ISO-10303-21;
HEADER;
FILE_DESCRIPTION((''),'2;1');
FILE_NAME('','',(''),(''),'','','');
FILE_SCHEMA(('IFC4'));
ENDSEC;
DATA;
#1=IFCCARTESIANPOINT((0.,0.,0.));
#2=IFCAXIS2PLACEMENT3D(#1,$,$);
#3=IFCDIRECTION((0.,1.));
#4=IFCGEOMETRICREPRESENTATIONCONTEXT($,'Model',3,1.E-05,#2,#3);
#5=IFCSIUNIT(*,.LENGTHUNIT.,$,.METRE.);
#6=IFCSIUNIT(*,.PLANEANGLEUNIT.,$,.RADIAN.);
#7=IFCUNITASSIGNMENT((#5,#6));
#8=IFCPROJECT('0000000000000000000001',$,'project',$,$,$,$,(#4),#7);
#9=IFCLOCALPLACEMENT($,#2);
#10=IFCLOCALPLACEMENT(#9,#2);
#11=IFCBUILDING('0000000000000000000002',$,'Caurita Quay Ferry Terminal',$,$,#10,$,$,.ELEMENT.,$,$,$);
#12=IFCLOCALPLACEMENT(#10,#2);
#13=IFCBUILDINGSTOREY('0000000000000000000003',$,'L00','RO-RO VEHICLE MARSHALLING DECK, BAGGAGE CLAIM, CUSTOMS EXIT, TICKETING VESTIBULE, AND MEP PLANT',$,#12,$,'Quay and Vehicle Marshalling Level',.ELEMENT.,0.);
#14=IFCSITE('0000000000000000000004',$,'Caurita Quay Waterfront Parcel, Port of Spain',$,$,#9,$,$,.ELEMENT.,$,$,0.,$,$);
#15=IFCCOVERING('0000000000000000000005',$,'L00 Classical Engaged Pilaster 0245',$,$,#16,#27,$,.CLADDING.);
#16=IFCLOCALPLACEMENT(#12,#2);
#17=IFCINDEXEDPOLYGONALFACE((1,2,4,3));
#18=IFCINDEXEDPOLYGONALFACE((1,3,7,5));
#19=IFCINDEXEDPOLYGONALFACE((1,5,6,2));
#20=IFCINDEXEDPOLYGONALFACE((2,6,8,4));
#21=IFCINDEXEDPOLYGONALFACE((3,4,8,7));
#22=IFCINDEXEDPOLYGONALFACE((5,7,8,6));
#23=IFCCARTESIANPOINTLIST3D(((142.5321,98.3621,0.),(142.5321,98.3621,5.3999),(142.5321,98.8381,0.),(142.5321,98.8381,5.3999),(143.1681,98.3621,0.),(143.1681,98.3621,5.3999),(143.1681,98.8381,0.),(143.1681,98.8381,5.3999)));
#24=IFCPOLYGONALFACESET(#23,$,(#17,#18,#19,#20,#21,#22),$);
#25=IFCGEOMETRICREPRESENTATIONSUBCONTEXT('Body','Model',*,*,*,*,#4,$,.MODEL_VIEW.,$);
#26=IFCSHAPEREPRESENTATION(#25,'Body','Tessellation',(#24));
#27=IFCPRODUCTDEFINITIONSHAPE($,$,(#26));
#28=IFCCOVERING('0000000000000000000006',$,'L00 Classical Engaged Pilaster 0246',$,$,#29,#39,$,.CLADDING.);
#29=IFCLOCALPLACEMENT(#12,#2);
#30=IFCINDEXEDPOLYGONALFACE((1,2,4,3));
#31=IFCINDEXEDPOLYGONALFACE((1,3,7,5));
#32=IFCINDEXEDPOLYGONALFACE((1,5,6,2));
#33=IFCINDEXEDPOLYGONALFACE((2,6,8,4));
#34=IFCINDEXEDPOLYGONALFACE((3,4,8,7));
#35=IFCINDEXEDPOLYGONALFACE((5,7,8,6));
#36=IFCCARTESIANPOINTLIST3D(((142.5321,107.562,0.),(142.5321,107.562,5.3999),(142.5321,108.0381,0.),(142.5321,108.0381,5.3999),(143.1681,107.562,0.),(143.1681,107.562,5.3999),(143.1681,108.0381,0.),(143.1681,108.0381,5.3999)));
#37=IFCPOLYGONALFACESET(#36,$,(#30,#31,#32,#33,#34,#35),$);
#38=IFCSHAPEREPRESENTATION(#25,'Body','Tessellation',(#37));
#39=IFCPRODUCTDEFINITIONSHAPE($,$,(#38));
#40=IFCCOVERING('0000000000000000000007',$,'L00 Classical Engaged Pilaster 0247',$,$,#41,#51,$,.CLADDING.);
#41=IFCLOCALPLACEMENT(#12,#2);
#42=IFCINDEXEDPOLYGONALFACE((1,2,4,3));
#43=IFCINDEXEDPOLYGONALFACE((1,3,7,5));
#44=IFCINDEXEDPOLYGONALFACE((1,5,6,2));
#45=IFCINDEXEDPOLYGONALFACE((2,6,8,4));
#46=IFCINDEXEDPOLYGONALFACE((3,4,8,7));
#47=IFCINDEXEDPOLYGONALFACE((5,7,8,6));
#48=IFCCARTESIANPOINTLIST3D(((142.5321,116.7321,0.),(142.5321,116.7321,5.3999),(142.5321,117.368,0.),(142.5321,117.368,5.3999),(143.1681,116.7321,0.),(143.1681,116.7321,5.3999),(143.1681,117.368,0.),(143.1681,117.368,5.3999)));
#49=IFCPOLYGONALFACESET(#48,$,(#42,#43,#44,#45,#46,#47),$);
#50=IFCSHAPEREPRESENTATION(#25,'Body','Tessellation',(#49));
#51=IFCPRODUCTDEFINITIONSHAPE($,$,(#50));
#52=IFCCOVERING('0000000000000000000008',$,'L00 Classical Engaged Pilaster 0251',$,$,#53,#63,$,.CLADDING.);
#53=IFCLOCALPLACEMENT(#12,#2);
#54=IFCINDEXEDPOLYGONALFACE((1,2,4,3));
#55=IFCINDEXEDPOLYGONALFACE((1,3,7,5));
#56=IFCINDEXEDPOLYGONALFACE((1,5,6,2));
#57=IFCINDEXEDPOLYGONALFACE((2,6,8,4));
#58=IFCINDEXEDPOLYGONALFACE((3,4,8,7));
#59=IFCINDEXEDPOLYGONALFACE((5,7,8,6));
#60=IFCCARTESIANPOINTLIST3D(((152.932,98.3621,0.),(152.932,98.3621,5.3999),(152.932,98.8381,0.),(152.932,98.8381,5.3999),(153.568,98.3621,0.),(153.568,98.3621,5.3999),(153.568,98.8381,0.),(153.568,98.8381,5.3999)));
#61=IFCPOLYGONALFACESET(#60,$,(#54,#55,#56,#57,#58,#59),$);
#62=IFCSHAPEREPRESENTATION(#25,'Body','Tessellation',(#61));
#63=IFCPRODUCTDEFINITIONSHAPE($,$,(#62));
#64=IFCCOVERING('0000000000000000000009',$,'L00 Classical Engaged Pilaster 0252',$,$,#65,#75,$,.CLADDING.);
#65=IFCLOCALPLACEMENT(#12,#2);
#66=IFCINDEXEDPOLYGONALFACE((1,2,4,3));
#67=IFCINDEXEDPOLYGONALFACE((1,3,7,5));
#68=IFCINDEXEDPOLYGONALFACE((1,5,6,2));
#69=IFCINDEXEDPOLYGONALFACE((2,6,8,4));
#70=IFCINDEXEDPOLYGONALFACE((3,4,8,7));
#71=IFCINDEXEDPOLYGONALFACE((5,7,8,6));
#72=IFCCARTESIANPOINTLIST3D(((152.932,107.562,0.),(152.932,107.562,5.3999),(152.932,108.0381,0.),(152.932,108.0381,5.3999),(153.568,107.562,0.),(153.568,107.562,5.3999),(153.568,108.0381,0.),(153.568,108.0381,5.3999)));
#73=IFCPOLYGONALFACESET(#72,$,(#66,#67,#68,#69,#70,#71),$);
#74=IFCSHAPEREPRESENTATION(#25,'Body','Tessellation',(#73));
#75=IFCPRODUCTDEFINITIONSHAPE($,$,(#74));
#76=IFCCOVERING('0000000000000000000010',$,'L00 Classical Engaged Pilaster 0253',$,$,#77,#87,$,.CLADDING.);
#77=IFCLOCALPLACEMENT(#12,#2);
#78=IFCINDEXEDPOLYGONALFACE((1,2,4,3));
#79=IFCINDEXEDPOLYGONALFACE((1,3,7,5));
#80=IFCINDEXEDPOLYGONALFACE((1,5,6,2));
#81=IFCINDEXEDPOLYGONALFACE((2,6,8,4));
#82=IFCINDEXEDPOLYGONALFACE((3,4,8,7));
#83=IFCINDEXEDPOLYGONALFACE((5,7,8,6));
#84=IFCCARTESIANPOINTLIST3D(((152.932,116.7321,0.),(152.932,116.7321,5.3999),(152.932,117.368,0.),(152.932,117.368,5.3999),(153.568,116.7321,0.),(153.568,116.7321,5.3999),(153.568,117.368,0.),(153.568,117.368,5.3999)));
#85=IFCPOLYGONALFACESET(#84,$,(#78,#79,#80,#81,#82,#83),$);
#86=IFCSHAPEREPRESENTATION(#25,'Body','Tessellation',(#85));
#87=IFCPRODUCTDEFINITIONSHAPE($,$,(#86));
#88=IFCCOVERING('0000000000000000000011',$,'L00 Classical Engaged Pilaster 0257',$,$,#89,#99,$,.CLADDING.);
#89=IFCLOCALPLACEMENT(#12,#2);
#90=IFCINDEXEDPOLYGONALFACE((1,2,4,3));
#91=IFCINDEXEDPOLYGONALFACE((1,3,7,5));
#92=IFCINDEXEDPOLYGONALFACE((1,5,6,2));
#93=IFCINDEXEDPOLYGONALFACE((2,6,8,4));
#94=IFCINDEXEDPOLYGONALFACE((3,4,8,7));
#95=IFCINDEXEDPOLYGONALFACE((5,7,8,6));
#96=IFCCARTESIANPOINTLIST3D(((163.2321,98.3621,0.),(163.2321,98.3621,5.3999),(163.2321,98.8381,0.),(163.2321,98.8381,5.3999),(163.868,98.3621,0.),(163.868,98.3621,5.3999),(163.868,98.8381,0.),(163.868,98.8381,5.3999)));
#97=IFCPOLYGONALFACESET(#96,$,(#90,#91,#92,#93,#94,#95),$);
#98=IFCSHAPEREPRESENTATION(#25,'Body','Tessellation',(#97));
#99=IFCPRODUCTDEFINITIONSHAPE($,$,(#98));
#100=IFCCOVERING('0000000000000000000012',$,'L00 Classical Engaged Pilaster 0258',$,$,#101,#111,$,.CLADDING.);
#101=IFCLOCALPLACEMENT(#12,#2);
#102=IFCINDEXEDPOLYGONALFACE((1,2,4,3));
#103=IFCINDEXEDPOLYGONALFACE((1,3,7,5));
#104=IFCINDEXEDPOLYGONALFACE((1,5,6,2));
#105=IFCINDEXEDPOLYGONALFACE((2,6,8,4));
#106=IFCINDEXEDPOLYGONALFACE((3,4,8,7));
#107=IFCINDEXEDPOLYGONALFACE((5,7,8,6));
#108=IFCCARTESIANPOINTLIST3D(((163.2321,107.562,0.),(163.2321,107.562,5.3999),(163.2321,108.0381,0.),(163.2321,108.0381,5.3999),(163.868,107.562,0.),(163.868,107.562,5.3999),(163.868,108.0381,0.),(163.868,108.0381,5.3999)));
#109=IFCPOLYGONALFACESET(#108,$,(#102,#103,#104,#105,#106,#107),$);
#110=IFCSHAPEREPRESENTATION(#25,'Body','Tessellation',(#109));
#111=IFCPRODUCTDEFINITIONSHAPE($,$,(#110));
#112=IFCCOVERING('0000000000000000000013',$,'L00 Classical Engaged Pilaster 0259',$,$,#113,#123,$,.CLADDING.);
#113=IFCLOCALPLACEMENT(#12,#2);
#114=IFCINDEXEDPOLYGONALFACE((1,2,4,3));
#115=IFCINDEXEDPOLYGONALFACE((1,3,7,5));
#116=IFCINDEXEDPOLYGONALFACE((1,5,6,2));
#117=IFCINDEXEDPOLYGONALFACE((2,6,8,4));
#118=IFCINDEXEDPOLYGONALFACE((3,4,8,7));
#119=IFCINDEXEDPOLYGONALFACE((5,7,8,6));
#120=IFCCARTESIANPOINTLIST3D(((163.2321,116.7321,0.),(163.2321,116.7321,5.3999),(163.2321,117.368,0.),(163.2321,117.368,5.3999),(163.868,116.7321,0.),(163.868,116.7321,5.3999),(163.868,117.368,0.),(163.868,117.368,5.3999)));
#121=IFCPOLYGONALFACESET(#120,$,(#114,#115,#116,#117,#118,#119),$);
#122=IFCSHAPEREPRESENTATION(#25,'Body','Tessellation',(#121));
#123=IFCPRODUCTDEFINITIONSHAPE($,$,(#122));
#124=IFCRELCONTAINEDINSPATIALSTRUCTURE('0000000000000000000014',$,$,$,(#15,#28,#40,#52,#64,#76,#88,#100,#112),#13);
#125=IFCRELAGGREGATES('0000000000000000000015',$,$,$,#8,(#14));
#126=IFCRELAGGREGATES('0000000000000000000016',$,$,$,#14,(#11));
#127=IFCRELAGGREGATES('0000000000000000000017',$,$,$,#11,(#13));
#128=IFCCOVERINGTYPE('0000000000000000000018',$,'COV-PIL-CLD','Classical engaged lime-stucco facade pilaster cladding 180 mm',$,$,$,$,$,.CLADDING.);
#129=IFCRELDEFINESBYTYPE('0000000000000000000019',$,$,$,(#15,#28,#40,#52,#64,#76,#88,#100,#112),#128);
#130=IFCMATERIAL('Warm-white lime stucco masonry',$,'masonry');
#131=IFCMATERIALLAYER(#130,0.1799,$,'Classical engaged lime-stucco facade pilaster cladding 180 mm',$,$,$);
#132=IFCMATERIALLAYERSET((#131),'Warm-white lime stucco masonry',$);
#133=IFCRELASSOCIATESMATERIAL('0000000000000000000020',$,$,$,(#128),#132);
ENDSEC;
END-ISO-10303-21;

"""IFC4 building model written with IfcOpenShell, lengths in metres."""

from ifc_helpers import new_model, si_unit, direction, frame, origin, origin_2d, place, context, subcontext, project, spatial, rectangle, extrude, material, layer, layer_set, type_object, element, save


model = new_model("IFC4")

# Units and contexts
model_context = context("Model", 3, precision=1e-05, world=origin(), true_north=direction((0.0, 1.0)))
body_context = subcontext(model_context, "Body", "Model", "MODEL_VIEW")
ifc_project = project(units=[si_unit("LENGTHUNIT", "METRE"), si_unit("PLANEANGLEUNIT", "RADIAN")], contexts=[model_context])

# Site, building, storey
site_placement = place(None, origin())
site = spatial("IfcSite", under=ifc_project, at=site_placement, Name="Caurita Quay Waterfront Parcel, Port of Spain", CompositionType="ELEMENT", RefElevation=0.0)
building_placement = place(site_placement, origin())
building = spatial("IfcBuilding", under=site, at=building_placement, Name="Caurita Quay Ferry Terminal", CompositionType="ELEMENT")
storey_placement = place(building_placement, origin())
storey = spatial("IfcBuildingStorey", under=building, at=storey_placement, Name="L00", Description="RO-RO VEHICLE MARSHALLING DECK, BAGGAGE CLAIM, CUSTOMS EXIT, TICKETING VESTIBULE, AND MEP PLANT", LongName="Quay and Vehicle Marshalling Level", CompositionType="ELEMENT", Elevation=0.0)

# Shared definitions
ifc_material_1 = material(Name="Warm-white lime stucco masonry", Category="masonry")

# Coverings
ifc_layer_1 = layer(ifc_material_1, 0.1799, Name="Classical engaged lime-stucco facade pilaster cladding 180 mm")
ifc_layer_set_1 = layer_set([ifc_layer_1], Name="Warm-white lime stucco masonry")
covering_type_1 = type_object("IfcCoveringType", Name="COV-PIL-CLD", Description="Classical engaged lime-stucco facade pilaster cladding 180 mm", PredefinedType="CLADDING", material=ifc_layer_set_1)
for number, where, z_axis, x_axis, name in (
    (1, (142.8501, 98.6001, 0.0), (0.0, 0.0, 1.0), (1.0, 0.0, 0.0), "L00 Classical Engaged Pilaster 0245"),
    (2, (142.8501, 107.8, 0.0), (0.0, 0.0, 1.0), (1.0, 0.0, 0.0), "L00 Classical Engaged Pilaster 0246"),
):
    element("IfcCovering", number, at=place(storey_placement, frame(where, z_axis=z_axis, x_axis=x_axis)), inside=storey, type_object=covering_type_1, Name=name, PredefinedType="CLADDING", context=body_context, shape_type="SweptSolid", body=[
        extrude(rectangle(XDim=0.636, YDim=0.4761, at=origin_2d()), origin(), (0.0, 0.0, 1.0), 5.3999),
    ])
covering_1_placement = place(storey_placement, frame((142.8501, 117.05, 0.0), z_axis=(0.0, 0.0, 1.0), x_axis=(1.0, 0.0, 0.0)))
element("IfcCovering", 3, at=covering_1_placement, inside=storey, type_object=covering_type_1, Name="L00 Classical Engaged Pilaster 0247", PredefinedType="CLADDING", context=body_context, shape_type="SweptSolid", body=[
    extrude(rectangle(XDim=0.636, YDim=0.636, at=origin_2d()), origin(), (0.0, 0.0, 1.0), 5.3999),
])
for number, where, z_axis, x_axis, name in (
    (4, (153.25, 98.6001, 0.0), (0.0, 0.0, 1.0), (1.0, 0.0, 0.0), "L00 Classical Engaged Pilaster 0251"),
    (5, (153.25, 107.8, 0.0), (0.0, 0.0, 1.0), (1.0, 0.0, 0.0), "L00 Classical Engaged Pilaster 0252"),
):
    element("IfcCovering", number, at=place(storey_placement, frame(where, z_axis=z_axis, x_axis=x_axis)), inside=storey, type_object=covering_type_1, Name=name, PredefinedType="CLADDING", context=body_context, shape_type="SweptSolid", body=[
        extrude(rectangle(XDim=0.636, YDim=0.4761, at=origin_2d()), origin(), (0.0, 0.0, 1.0), 5.3999),
    ])
covering_2_placement = place(storey_placement, frame((153.25, 117.05, 0.0), z_axis=(0.0, 0.0, 1.0), x_axis=(1.0, 0.0, 0.0)))
element("IfcCovering", 6, at=covering_2_placement, inside=storey, type_object=covering_type_1, Name="L00 Classical Engaged Pilaster 0253", PredefinedType="CLADDING", context=body_context, shape_type="SweptSolid", body=[
    extrude(rectangle(XDim=0.636, YDim=0.636, at=origin_2d()), origin(), (0.0, 0.0, 1.0), 5.3999),
])
for number, where, z_axis, x_axis, name in (
    (7, (163.55, 98.6001, 0.0), (0.0, 0.0, 1.0), (1.0, 0.0, 0.0), "L00 Classical Engaged Pilaster 0257"),
    (8, (163.55, 107.8, 0.0), (0.0, 0.0, 1.0), (1.0, 0.0, 0.0), "L00 Classical Engaged Pilaster 0258"),
):
    element("IfcCovering", number, at=place(storey_placement, frame(where, z_axis=z_axis, x_axis=x_axis)), inside=storey, type_object=covering_type_1, Name=name, PredefinedType="CLADDING", context=body_context, shape_type="SweptSolid", body=[
        extrude(rectangle(XDim=0.636, YDim=0.4761, at=origin_2d()), origin(), (0.0, 0.0, 1.0), 5.3999),
    ])
covering_3_placement = place(storey_placement, frame((163.55, 117.05, 0.0), z_axis=(0.0, 0.0, 1.0), x_axis=(1.0, 0.0, 0.0)))
element("IfcCovering", 9, at=covering_3_placement, inside=storey, type_object=covering_type_1, Name="L00 Classical Engaged Pilaster 0259", PredefinedType="CLADDING", context=body_context, shape_type="SweptSolid", body=[
    extrude(rectangle(XDim=0.636, YDim=0.636, at=origin_2d()), origin(), (0.0, 0.0, 1.0), 5.3999),
])

save(model, "model.ifc")
